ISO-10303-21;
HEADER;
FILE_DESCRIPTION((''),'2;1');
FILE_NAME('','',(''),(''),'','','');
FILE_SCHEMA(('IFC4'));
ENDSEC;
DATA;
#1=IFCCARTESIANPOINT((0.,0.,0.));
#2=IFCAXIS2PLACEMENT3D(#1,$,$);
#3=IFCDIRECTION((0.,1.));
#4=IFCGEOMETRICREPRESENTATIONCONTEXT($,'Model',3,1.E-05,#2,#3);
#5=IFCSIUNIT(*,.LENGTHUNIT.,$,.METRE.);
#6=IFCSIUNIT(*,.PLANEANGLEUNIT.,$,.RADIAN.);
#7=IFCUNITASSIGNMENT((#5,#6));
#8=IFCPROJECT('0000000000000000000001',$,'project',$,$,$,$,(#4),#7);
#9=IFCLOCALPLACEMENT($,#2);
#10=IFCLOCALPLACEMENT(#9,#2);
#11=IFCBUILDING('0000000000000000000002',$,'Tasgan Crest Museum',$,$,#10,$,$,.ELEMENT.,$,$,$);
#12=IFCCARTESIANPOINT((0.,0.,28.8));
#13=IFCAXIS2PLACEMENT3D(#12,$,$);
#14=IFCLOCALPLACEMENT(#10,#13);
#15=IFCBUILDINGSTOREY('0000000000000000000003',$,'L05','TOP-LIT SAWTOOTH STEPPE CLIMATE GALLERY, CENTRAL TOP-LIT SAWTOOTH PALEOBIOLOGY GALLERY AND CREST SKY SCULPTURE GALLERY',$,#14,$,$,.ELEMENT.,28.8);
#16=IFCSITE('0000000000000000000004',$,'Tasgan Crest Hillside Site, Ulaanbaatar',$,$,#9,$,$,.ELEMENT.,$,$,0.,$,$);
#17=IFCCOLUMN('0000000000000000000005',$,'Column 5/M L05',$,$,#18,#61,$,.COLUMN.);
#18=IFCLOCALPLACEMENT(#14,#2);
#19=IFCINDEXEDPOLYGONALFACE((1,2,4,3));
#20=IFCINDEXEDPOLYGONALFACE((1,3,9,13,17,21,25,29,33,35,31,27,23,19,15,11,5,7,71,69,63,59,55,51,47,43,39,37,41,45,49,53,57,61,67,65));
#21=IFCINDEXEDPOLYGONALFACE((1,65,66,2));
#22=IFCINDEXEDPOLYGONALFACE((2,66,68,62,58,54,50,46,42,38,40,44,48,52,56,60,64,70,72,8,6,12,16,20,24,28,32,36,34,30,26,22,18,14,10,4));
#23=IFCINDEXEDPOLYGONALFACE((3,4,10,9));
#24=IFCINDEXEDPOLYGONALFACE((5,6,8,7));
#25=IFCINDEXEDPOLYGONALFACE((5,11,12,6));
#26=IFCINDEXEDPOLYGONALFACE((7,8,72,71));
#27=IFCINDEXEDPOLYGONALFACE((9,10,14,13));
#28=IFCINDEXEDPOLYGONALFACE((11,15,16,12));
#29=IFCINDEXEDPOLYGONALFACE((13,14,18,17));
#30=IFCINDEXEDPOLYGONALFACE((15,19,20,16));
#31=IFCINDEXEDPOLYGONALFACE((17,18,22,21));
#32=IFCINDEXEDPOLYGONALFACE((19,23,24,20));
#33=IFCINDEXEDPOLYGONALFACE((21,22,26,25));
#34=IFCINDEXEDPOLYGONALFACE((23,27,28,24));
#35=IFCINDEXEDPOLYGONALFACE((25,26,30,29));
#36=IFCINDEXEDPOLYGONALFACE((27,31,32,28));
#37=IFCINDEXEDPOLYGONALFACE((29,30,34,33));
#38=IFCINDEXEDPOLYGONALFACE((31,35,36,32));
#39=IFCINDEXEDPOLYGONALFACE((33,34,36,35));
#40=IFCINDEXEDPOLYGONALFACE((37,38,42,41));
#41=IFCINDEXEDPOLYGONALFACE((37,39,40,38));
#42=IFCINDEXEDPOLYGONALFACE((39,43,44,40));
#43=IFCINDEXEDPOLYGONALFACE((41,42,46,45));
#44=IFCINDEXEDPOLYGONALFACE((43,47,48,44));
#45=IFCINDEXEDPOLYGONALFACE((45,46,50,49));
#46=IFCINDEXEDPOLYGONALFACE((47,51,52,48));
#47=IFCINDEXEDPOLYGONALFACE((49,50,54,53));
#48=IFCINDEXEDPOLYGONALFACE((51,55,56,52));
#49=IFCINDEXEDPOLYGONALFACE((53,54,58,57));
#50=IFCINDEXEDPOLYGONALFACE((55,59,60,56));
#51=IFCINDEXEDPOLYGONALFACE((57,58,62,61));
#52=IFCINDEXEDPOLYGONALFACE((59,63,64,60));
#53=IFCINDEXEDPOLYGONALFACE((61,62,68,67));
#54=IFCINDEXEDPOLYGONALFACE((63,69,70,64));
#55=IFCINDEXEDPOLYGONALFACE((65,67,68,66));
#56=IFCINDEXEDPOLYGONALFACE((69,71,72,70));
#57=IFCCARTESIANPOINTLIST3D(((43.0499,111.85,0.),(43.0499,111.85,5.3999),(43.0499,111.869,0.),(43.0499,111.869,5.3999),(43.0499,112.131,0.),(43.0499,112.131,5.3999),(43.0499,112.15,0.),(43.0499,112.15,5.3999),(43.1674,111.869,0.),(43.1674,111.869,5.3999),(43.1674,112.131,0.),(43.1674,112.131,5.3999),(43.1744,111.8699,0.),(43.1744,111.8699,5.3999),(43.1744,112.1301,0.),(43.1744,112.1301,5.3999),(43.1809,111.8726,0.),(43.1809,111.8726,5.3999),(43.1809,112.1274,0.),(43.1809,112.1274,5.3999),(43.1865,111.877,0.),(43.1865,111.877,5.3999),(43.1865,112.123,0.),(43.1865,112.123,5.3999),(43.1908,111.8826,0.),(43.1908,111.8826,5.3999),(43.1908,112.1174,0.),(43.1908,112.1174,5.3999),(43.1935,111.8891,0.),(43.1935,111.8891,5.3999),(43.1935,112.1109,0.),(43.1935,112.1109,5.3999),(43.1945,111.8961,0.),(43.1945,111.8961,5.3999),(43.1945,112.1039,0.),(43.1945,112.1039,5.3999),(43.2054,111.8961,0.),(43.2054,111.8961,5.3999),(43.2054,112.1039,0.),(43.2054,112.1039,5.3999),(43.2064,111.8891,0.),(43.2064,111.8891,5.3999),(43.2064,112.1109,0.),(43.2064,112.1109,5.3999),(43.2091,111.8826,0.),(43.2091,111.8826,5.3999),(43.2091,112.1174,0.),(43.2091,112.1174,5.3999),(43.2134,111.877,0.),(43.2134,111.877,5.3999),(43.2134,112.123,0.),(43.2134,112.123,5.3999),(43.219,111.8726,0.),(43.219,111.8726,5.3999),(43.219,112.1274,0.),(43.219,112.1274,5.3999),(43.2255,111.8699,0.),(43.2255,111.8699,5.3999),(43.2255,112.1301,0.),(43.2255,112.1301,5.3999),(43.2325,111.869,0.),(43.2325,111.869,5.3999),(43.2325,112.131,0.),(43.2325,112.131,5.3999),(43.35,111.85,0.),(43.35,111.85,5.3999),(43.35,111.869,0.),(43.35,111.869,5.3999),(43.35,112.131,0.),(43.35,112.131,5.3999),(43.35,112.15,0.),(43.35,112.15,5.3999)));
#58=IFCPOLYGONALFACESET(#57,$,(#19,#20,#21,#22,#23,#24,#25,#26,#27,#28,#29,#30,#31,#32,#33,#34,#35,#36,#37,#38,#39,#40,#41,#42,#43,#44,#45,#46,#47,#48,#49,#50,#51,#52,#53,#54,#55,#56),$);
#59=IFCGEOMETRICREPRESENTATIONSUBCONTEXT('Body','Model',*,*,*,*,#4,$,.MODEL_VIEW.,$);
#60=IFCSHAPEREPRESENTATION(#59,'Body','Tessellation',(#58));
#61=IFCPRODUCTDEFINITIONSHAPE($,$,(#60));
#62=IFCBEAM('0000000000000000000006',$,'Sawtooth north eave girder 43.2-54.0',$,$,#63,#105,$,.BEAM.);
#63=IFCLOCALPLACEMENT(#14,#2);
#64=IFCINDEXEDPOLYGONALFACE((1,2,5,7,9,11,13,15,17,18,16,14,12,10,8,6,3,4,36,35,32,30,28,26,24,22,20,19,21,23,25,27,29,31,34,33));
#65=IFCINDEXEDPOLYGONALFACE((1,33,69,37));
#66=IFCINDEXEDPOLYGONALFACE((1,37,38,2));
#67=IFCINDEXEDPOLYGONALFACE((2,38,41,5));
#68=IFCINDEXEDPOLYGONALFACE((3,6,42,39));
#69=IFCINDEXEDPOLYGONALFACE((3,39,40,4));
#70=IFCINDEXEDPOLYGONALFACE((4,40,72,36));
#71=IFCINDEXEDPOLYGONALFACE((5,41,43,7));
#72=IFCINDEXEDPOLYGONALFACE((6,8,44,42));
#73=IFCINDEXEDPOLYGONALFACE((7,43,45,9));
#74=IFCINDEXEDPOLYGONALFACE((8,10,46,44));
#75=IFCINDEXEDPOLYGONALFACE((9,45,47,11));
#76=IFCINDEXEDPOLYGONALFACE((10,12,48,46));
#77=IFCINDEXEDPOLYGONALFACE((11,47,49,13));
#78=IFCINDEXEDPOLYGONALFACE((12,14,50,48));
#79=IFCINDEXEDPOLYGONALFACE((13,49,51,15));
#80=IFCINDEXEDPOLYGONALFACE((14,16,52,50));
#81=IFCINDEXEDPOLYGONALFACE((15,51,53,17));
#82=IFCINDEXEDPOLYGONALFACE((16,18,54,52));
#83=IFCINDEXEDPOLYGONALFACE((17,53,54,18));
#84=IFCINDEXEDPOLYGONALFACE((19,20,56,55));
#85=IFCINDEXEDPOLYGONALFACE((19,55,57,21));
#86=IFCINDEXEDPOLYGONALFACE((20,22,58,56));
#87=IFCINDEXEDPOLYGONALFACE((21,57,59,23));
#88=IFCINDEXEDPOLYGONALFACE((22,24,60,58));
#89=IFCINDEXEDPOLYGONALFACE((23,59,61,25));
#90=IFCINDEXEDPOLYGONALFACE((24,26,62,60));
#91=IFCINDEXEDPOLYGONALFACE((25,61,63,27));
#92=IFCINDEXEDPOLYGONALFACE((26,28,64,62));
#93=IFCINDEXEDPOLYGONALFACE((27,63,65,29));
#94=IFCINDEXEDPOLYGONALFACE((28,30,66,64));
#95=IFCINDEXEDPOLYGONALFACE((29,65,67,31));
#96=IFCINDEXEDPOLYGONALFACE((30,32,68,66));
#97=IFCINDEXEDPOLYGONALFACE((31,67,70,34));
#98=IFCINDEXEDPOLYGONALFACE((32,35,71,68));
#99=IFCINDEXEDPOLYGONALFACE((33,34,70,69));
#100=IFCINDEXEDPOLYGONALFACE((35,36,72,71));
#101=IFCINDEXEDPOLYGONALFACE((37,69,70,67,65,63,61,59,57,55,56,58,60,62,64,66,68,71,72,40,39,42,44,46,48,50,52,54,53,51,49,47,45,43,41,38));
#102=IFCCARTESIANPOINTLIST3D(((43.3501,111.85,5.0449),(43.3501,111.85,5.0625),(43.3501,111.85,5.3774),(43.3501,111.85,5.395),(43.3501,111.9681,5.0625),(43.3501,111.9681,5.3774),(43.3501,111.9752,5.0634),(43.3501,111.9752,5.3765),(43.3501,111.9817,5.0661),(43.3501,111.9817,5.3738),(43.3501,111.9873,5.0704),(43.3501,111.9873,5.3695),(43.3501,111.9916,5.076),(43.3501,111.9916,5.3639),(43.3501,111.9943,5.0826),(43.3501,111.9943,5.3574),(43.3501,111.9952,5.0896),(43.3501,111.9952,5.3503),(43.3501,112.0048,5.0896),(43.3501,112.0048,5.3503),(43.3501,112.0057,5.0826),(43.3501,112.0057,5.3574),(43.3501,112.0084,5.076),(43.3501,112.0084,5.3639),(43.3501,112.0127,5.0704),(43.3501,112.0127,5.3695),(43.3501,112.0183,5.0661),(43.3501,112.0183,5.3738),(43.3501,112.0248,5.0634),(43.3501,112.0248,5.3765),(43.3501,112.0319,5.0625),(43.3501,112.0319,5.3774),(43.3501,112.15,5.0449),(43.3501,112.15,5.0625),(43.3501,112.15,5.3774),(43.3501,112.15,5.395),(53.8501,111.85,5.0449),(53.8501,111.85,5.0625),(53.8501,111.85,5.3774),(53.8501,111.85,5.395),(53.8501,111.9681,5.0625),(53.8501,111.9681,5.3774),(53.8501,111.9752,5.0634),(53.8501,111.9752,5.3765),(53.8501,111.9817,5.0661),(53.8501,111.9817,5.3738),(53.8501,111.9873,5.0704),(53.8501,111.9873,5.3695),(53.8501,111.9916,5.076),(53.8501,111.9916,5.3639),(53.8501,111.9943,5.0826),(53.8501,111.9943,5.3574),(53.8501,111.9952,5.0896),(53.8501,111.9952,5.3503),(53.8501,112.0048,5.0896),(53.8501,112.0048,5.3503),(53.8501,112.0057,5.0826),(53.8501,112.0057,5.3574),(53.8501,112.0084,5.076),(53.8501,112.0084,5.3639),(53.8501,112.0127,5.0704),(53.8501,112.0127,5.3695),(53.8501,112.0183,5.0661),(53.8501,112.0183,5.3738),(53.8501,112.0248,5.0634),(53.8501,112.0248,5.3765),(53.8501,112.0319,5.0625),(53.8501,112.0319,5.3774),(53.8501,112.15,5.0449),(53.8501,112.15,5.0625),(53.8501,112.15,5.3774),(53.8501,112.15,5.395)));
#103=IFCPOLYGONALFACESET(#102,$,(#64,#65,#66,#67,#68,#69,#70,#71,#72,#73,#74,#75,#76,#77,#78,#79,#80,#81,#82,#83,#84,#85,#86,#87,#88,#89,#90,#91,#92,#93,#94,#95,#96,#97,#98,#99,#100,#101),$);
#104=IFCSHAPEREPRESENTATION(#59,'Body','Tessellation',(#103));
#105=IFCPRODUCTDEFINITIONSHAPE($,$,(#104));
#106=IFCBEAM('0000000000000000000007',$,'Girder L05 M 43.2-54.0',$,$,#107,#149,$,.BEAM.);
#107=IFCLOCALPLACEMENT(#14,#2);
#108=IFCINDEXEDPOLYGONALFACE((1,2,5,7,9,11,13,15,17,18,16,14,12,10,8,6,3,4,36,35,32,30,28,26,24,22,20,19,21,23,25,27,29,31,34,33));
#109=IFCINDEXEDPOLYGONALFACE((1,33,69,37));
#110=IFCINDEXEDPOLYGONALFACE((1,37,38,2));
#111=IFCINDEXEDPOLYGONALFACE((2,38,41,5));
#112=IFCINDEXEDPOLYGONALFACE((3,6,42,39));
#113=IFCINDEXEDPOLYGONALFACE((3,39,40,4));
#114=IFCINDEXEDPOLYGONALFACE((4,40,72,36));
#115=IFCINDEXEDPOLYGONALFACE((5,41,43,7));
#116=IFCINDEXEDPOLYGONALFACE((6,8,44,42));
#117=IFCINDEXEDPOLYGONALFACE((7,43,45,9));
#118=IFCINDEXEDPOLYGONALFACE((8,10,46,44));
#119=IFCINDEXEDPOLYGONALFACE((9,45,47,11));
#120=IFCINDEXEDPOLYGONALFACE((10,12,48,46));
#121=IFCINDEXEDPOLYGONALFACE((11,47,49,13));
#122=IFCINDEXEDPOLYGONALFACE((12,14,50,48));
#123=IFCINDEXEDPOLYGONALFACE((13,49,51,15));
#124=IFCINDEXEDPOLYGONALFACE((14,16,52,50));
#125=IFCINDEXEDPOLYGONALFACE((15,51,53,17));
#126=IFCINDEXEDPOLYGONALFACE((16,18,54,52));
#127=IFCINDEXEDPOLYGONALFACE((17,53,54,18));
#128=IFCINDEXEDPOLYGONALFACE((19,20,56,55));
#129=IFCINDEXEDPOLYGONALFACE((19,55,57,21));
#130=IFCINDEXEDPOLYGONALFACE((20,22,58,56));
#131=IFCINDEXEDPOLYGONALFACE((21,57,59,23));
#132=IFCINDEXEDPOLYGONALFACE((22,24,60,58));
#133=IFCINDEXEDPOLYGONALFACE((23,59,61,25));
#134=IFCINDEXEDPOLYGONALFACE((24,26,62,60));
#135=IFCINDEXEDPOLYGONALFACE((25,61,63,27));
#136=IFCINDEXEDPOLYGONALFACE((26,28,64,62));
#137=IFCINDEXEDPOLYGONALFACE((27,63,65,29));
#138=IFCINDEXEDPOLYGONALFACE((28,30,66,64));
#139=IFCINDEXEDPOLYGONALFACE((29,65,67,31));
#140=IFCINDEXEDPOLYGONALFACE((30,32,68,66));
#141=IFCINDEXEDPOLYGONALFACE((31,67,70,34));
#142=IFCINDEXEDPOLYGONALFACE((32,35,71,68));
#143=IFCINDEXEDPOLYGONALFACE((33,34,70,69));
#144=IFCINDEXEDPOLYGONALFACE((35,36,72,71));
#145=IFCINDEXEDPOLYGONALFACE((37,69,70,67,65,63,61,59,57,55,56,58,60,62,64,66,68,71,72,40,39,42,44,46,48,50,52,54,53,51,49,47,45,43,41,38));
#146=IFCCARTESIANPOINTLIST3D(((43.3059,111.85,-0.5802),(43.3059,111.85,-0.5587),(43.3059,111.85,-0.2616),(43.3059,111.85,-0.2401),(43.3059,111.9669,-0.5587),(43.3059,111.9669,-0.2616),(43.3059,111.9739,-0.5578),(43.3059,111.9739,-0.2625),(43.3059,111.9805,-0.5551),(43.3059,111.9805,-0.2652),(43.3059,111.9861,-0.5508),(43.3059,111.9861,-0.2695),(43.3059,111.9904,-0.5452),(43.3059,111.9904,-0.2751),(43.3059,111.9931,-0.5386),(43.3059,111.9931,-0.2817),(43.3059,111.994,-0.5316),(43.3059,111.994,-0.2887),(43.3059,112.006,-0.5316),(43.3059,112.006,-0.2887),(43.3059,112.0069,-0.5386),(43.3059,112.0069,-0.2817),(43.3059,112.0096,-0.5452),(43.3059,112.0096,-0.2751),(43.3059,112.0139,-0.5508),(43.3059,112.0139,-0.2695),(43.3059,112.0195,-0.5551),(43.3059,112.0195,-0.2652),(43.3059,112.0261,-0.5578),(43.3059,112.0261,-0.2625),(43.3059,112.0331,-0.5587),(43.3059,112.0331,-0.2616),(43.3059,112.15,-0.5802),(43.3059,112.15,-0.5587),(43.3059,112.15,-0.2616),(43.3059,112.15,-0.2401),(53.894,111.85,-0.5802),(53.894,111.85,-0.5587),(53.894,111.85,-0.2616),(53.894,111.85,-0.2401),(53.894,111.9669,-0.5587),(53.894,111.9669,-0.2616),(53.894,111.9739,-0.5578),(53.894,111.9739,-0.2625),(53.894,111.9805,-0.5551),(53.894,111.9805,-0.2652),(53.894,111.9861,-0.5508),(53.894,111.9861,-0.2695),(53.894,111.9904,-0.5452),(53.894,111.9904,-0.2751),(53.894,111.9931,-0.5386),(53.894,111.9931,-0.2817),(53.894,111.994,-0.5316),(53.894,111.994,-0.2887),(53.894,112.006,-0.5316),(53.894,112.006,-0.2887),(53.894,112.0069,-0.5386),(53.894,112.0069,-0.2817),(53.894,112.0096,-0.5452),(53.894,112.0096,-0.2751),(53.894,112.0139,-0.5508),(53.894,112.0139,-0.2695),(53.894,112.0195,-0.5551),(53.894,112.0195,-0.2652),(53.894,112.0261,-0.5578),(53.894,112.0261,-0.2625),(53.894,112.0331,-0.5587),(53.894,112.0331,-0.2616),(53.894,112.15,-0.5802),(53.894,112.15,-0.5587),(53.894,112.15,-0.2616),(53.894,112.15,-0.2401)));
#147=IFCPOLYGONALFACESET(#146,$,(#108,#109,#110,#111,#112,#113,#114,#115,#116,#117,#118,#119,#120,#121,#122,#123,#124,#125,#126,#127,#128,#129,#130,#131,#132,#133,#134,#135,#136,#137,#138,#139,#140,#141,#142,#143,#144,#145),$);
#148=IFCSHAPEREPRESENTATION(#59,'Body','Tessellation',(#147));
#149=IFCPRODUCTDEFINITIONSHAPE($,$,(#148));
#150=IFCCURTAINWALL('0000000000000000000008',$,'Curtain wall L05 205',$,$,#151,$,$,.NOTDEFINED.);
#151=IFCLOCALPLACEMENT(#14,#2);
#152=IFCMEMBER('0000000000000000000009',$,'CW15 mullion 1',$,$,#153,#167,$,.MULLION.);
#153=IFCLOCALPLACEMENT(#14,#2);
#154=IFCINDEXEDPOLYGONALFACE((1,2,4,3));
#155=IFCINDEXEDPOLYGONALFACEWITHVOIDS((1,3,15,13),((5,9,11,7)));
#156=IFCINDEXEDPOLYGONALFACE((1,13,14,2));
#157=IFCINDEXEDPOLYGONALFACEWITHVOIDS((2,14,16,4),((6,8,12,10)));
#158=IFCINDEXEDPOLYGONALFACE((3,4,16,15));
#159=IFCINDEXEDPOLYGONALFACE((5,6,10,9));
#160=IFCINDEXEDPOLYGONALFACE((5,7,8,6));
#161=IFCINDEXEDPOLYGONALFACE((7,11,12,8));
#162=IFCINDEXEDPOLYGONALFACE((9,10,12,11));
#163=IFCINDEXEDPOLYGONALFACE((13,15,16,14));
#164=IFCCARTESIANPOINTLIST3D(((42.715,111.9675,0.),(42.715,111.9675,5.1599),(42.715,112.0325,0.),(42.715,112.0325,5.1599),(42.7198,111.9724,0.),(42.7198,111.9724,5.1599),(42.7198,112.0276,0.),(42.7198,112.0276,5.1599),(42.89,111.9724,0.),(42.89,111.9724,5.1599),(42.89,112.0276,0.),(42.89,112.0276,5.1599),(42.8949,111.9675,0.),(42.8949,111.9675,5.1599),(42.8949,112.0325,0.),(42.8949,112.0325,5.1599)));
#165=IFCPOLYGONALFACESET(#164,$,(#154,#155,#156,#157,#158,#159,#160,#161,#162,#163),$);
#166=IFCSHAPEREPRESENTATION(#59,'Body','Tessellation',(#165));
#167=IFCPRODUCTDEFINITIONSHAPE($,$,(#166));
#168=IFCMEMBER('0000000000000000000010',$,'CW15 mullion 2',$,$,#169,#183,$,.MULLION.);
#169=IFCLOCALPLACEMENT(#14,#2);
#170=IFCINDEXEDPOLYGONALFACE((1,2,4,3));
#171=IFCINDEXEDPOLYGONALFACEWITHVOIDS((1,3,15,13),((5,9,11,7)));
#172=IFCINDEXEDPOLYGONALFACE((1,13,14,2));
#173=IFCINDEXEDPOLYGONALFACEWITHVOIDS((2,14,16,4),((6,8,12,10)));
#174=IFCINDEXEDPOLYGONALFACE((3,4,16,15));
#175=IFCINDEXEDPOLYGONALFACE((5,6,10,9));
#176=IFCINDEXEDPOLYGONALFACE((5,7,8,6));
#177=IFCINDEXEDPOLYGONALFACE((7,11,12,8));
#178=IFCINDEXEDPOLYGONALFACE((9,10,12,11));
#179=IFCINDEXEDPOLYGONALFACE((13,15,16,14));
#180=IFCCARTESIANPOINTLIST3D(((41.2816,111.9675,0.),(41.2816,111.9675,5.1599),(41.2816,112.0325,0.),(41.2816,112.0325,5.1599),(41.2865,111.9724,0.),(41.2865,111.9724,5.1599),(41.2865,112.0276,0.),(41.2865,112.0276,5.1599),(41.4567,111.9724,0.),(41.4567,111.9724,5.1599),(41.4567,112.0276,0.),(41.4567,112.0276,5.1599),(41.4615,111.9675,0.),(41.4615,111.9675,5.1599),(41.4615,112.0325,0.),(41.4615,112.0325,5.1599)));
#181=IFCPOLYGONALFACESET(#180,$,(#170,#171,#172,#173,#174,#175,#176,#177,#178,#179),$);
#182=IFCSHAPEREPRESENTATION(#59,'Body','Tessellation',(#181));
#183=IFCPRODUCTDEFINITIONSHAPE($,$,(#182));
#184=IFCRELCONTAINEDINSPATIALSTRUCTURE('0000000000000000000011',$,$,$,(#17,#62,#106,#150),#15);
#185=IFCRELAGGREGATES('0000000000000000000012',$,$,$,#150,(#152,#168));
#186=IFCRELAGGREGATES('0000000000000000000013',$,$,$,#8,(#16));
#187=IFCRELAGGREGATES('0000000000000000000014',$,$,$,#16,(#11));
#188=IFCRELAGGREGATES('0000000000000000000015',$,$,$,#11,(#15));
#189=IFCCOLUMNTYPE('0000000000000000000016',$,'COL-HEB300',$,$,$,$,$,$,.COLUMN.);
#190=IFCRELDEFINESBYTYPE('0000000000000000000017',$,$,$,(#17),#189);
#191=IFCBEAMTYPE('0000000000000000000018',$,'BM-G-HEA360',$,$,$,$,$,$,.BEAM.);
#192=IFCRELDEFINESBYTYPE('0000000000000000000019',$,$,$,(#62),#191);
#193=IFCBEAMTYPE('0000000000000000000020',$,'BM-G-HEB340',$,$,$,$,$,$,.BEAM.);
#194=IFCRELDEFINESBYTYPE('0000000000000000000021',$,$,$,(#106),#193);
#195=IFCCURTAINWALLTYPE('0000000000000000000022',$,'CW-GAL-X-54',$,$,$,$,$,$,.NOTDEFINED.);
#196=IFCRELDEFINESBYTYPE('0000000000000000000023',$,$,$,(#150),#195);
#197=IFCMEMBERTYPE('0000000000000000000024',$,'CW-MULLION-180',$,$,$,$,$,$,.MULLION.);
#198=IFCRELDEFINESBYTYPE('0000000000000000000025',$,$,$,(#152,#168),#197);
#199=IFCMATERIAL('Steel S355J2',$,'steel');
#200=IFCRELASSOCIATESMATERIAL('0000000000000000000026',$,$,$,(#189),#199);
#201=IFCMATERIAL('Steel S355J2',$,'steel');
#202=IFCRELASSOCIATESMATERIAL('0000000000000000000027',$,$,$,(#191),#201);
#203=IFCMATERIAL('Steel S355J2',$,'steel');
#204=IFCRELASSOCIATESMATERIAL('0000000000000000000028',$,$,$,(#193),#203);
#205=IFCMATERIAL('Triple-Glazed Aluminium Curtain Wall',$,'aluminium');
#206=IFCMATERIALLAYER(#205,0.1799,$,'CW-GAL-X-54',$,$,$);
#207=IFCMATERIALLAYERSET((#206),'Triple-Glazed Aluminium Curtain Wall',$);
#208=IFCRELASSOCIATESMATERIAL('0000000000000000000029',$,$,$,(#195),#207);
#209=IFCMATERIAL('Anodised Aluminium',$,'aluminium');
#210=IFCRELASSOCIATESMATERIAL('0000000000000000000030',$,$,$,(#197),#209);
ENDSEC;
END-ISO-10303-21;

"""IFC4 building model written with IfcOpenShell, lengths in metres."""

from ifc_helpers import new_model, si_unit, direction, frame, origin, origin_2d, place, context, subcontext, project, spatial, hollow_rectangle, i_section, extrude, material, layer, layer_set, material_profile, profile_set, type_object, element, aggregate, save


model = new_model("IFC4")

# Units and contexts
model_context = context("Model", 3, precision=1e-05, world=origin(), true_north=direction((0.0, 1.0)))
body_context = subcontext(model_context, "Body", "Model", "MODEL_VIEW")
ifc_project = project(units=[si_unit("LENGTHUNIT", "METRE"), si_unit("PLANEANGLEUNIT", "RADIAN")], contexts=[model_context])

# Site, building, storey
site_placement = place(None, origin())
site = spatial("IfcSite", under=ifc_project, at=site_placement, Name="Tasgan Crest Hillside Site, Ulaanbaatar", CompositionType="ELEMENT", RefElevation=0.0)
building_placement = place(site_placement, origin())
building = spatial("IfcBuilding", under=site, at=building_placement, Name="Tasgan Crest Museum", CompositionType="ELEMENT")
storey_placement = place(building_placement, frame((0.0, 0.0, 28.8)))
storey = spatial("IfcBuildingStorey", under=building, at=storey_placement, Name="L05", Description="TOP-LIT SAWTOOTH STEPPE CLIMATE GALLERY, CENTRAL TOP-LIT SAWTOOTH PALEOBIOLOGY GALLERY AND CREST SKY SCULPTURE GALLERY", CompositionType="ELEMENT", Elevation=28.8)

# Column
ifc_material_1 = material(Name="Steel S355J2", Category="steel")
ifc_material_profile_1 = material_profile(ifc_material_1, i_section(OverallWidth=0.3, OverallDepth=0.3, WebThickness=0.011, FlangeThickness=0.019, FilletRadius=0.0271, at=origin_2d()), Name="HEB 300")
ifc_profile_set_1 = profile_set([ifc_material_profile_1], Name="Steel S355J2")
column_type = type_object("IfcColumnType", Name="COL-HEB300", PredefinedType="COLUMN", material=ifc_profile_set_1)
column_placement = place(storey_placement, frame((43.2, 112.0, 0.0), z_axis=(0.0, 0.0, 1.0), x_axis=(1.0, 0.0, 0.0)))
element("IfcColumn", 1, at=column_placement, inside=storey, type_object=column_type, Name="Column 5/M L05", PredefinedType="COLUMN", context=body_context, shape_type="SweptSolid", body=[
    extrude(i_section(OverallWidth=0.3, OverallDepth=0.3, WebThickness=0.011, FlangeThickness=0.019, FilletRadius=0.0271, at=origin_2d()), origin(), (0.0, 0.0, 1.0), 5.3999),
])

# Beams
ifc_material_2 = material(Name="Steel S355J2", Category="steel")
ifc_material_profile_2 = material_profile(ifc_material_2, i_section(OverallWidth=0.3, OverallDepth=0.3501, WebThickness=0.0095, FlangeThickness=0.0176, FilletRadius=0.0271, at=origin_2d()), Name="HEA 360")
ifc_profile_set_2 = profile_set([ifc_material_profile_2], Name="Steel S355J2")
beam_type_1 = type_object("IfcBeamType", Name="BM-G-HEA360", PredefinedType="BEAM", material=ifc_profile_set_2)
beam_1_placement = place(storey_placement, frame((43.3501, 112.0, 5.22), z_axis=(1.0, 0.0, 0.0), x_axis=(0.0, 1.0, 0.0)))
element("IfcBeam", 2, at=beam_1_placement, inside=storey, type_object=beam_type_1, Name="Sawtooth north eave girder 43.2-54.0", PredefinedType="BEAM", context=body_context, shape_type="SweptSolid", body=[
    extrude(i_section(OverallWidth=0.3, OverallDepth=0.3501, WebThickness=0.0095, FlangeThickness=0.0176, FilletRadius=0.0271, at=origin_2d()), origin(), (0.0, 0.0, 1.0), 10.5),
])
ifc_material_3 = material(Name="Steel S355J2", Category="steel")
ifc_material_profile_3 = material_profile(ifc_material_3, i_section(OverallWidth=0.3, OverallDepth=0.3401, WebThickness=0.012, FlangeThickness=0.0215, FilletRadius=0.0271, at=origin_2d()), Name="HEB 340")
ifc_profile_set_3 = profile_set([ifc_material_profile_3], Name="Steel S355J2")
beam_type_2 = type_object("IfcBeamType", Name="BM-G-HEB340", PredefinedType="BEAM", material=ifc_profile_set_3)
beam_2_placement = place(storey_placement, frame((43.3059, 112.0, -0.4102), z_axis=(1.0, 0.0, 0.0), x_axis=(0.0, 1.0, 0.0)))
element("IfcBeam", 3, at=beam_2_placement, inside=storey, type_object=beam_type_2, Name="Girder L05 M 43.2-54.0", PredefinedType="BEAM", context=body_context, shape_type="SweptSolid", body=[
    extrude(i_section(OverallWidth=0.3, OverallDepth=0.3401, WebThickness=0.012, FlangeThickness=0.0215, FilletRadius=0.0271, at=origin_2d()), origin(), (0.0, 0.0, 1.0), 10.5881),
])

# Curtain wall, members
ifc_material_4 = material(Name="Triple-Glazed Aluminium Curtain Wall", Category="aluminium")
ifc_layer_1 = layer(ifc_material_4, 0.1799, Name="CW-GAL-X-54")
ifc_layer_set_1 = layer_set([ifc_layer_1], Name="Triple-Glazed Aluminium Curtain Wall")
curtain_wall_type = type_object("IfcCurtainWallType", Name="CW-GAL-X-54", PredefinedType="NOTDEFINED", material=ifc_layer_set_1)
curtain_wall_placement = place(storey_placement, origin())
curtain_wall = element("IfcCurtainWall", 4, at=curtain_wall_placement, inside=storey, type_object=curtain_wall_type, Name="Curtain wall L05 205", PredefinedType="NOTDEFINED")
ifc_material_5 = material(Name="Anodised Aluminium", Category="aluminium")
ifc_material_profile_4 = material_profile(ifc_material_5, hollow_rectangle(XDim=0.0649, YDim=0.1799, WallThickness=0.0049, at=origin_2d()), Name="ALU MULLION 180x65x5")
ifc_profile_set_4 = profile_set([ifc_material_profile_4], Name="Anodised Aluminium")
member_type_1 = type_object("IfcMemberType", Name="CW-MULLION-180", PredefinedType="MULLION", material=ifc_profile_set_4)
member_1_placement = place(storey_placement, frame((42.8049, 112.0, 0.0), z_axis=(0.0, 0.0, 1.0), x_axis=(0.0, -1.0, 0.0)))
member_1 = element("IfcMember", 5, at=member_1_placement, type_object=member_type_1, Name="CW15 mullion 1", PredefinedType="MULLION", context=body_context, shape_type="SweptSolid", body=[
    extrude(hollow_rectangle(XDim=0.0649, YDim=0.1799, WallThickness=0.0049, at=origin_2d()), origin(), (0.0, 0.0, 1.0), 5.1599),
])
member_2_placement = place(storey_placement, frame((41.3716, 112.0, 0.0), z_axis=(0.0, 0.0, 1.0), x_axis=(0.0, -1.0, 0.0)))
member_2 = element("IfcMember", 6, at=member_2_placement, type_object=member_type_1, Name="CW15 mullion 2", PredefinedType="MULLION", context=body_context, shape_type="SweptSolid", body=[
    extrude(hollow_rectangle(XDim=0.0649, YDim=0.1799, WallThickness=0.0049, at=origin_2d()), origin(), (0.0, 0.0, 1.0), 5.1599),
])
aggregate(curtain_wall, [member_1, member_2])

save(model, "model.ifc")
